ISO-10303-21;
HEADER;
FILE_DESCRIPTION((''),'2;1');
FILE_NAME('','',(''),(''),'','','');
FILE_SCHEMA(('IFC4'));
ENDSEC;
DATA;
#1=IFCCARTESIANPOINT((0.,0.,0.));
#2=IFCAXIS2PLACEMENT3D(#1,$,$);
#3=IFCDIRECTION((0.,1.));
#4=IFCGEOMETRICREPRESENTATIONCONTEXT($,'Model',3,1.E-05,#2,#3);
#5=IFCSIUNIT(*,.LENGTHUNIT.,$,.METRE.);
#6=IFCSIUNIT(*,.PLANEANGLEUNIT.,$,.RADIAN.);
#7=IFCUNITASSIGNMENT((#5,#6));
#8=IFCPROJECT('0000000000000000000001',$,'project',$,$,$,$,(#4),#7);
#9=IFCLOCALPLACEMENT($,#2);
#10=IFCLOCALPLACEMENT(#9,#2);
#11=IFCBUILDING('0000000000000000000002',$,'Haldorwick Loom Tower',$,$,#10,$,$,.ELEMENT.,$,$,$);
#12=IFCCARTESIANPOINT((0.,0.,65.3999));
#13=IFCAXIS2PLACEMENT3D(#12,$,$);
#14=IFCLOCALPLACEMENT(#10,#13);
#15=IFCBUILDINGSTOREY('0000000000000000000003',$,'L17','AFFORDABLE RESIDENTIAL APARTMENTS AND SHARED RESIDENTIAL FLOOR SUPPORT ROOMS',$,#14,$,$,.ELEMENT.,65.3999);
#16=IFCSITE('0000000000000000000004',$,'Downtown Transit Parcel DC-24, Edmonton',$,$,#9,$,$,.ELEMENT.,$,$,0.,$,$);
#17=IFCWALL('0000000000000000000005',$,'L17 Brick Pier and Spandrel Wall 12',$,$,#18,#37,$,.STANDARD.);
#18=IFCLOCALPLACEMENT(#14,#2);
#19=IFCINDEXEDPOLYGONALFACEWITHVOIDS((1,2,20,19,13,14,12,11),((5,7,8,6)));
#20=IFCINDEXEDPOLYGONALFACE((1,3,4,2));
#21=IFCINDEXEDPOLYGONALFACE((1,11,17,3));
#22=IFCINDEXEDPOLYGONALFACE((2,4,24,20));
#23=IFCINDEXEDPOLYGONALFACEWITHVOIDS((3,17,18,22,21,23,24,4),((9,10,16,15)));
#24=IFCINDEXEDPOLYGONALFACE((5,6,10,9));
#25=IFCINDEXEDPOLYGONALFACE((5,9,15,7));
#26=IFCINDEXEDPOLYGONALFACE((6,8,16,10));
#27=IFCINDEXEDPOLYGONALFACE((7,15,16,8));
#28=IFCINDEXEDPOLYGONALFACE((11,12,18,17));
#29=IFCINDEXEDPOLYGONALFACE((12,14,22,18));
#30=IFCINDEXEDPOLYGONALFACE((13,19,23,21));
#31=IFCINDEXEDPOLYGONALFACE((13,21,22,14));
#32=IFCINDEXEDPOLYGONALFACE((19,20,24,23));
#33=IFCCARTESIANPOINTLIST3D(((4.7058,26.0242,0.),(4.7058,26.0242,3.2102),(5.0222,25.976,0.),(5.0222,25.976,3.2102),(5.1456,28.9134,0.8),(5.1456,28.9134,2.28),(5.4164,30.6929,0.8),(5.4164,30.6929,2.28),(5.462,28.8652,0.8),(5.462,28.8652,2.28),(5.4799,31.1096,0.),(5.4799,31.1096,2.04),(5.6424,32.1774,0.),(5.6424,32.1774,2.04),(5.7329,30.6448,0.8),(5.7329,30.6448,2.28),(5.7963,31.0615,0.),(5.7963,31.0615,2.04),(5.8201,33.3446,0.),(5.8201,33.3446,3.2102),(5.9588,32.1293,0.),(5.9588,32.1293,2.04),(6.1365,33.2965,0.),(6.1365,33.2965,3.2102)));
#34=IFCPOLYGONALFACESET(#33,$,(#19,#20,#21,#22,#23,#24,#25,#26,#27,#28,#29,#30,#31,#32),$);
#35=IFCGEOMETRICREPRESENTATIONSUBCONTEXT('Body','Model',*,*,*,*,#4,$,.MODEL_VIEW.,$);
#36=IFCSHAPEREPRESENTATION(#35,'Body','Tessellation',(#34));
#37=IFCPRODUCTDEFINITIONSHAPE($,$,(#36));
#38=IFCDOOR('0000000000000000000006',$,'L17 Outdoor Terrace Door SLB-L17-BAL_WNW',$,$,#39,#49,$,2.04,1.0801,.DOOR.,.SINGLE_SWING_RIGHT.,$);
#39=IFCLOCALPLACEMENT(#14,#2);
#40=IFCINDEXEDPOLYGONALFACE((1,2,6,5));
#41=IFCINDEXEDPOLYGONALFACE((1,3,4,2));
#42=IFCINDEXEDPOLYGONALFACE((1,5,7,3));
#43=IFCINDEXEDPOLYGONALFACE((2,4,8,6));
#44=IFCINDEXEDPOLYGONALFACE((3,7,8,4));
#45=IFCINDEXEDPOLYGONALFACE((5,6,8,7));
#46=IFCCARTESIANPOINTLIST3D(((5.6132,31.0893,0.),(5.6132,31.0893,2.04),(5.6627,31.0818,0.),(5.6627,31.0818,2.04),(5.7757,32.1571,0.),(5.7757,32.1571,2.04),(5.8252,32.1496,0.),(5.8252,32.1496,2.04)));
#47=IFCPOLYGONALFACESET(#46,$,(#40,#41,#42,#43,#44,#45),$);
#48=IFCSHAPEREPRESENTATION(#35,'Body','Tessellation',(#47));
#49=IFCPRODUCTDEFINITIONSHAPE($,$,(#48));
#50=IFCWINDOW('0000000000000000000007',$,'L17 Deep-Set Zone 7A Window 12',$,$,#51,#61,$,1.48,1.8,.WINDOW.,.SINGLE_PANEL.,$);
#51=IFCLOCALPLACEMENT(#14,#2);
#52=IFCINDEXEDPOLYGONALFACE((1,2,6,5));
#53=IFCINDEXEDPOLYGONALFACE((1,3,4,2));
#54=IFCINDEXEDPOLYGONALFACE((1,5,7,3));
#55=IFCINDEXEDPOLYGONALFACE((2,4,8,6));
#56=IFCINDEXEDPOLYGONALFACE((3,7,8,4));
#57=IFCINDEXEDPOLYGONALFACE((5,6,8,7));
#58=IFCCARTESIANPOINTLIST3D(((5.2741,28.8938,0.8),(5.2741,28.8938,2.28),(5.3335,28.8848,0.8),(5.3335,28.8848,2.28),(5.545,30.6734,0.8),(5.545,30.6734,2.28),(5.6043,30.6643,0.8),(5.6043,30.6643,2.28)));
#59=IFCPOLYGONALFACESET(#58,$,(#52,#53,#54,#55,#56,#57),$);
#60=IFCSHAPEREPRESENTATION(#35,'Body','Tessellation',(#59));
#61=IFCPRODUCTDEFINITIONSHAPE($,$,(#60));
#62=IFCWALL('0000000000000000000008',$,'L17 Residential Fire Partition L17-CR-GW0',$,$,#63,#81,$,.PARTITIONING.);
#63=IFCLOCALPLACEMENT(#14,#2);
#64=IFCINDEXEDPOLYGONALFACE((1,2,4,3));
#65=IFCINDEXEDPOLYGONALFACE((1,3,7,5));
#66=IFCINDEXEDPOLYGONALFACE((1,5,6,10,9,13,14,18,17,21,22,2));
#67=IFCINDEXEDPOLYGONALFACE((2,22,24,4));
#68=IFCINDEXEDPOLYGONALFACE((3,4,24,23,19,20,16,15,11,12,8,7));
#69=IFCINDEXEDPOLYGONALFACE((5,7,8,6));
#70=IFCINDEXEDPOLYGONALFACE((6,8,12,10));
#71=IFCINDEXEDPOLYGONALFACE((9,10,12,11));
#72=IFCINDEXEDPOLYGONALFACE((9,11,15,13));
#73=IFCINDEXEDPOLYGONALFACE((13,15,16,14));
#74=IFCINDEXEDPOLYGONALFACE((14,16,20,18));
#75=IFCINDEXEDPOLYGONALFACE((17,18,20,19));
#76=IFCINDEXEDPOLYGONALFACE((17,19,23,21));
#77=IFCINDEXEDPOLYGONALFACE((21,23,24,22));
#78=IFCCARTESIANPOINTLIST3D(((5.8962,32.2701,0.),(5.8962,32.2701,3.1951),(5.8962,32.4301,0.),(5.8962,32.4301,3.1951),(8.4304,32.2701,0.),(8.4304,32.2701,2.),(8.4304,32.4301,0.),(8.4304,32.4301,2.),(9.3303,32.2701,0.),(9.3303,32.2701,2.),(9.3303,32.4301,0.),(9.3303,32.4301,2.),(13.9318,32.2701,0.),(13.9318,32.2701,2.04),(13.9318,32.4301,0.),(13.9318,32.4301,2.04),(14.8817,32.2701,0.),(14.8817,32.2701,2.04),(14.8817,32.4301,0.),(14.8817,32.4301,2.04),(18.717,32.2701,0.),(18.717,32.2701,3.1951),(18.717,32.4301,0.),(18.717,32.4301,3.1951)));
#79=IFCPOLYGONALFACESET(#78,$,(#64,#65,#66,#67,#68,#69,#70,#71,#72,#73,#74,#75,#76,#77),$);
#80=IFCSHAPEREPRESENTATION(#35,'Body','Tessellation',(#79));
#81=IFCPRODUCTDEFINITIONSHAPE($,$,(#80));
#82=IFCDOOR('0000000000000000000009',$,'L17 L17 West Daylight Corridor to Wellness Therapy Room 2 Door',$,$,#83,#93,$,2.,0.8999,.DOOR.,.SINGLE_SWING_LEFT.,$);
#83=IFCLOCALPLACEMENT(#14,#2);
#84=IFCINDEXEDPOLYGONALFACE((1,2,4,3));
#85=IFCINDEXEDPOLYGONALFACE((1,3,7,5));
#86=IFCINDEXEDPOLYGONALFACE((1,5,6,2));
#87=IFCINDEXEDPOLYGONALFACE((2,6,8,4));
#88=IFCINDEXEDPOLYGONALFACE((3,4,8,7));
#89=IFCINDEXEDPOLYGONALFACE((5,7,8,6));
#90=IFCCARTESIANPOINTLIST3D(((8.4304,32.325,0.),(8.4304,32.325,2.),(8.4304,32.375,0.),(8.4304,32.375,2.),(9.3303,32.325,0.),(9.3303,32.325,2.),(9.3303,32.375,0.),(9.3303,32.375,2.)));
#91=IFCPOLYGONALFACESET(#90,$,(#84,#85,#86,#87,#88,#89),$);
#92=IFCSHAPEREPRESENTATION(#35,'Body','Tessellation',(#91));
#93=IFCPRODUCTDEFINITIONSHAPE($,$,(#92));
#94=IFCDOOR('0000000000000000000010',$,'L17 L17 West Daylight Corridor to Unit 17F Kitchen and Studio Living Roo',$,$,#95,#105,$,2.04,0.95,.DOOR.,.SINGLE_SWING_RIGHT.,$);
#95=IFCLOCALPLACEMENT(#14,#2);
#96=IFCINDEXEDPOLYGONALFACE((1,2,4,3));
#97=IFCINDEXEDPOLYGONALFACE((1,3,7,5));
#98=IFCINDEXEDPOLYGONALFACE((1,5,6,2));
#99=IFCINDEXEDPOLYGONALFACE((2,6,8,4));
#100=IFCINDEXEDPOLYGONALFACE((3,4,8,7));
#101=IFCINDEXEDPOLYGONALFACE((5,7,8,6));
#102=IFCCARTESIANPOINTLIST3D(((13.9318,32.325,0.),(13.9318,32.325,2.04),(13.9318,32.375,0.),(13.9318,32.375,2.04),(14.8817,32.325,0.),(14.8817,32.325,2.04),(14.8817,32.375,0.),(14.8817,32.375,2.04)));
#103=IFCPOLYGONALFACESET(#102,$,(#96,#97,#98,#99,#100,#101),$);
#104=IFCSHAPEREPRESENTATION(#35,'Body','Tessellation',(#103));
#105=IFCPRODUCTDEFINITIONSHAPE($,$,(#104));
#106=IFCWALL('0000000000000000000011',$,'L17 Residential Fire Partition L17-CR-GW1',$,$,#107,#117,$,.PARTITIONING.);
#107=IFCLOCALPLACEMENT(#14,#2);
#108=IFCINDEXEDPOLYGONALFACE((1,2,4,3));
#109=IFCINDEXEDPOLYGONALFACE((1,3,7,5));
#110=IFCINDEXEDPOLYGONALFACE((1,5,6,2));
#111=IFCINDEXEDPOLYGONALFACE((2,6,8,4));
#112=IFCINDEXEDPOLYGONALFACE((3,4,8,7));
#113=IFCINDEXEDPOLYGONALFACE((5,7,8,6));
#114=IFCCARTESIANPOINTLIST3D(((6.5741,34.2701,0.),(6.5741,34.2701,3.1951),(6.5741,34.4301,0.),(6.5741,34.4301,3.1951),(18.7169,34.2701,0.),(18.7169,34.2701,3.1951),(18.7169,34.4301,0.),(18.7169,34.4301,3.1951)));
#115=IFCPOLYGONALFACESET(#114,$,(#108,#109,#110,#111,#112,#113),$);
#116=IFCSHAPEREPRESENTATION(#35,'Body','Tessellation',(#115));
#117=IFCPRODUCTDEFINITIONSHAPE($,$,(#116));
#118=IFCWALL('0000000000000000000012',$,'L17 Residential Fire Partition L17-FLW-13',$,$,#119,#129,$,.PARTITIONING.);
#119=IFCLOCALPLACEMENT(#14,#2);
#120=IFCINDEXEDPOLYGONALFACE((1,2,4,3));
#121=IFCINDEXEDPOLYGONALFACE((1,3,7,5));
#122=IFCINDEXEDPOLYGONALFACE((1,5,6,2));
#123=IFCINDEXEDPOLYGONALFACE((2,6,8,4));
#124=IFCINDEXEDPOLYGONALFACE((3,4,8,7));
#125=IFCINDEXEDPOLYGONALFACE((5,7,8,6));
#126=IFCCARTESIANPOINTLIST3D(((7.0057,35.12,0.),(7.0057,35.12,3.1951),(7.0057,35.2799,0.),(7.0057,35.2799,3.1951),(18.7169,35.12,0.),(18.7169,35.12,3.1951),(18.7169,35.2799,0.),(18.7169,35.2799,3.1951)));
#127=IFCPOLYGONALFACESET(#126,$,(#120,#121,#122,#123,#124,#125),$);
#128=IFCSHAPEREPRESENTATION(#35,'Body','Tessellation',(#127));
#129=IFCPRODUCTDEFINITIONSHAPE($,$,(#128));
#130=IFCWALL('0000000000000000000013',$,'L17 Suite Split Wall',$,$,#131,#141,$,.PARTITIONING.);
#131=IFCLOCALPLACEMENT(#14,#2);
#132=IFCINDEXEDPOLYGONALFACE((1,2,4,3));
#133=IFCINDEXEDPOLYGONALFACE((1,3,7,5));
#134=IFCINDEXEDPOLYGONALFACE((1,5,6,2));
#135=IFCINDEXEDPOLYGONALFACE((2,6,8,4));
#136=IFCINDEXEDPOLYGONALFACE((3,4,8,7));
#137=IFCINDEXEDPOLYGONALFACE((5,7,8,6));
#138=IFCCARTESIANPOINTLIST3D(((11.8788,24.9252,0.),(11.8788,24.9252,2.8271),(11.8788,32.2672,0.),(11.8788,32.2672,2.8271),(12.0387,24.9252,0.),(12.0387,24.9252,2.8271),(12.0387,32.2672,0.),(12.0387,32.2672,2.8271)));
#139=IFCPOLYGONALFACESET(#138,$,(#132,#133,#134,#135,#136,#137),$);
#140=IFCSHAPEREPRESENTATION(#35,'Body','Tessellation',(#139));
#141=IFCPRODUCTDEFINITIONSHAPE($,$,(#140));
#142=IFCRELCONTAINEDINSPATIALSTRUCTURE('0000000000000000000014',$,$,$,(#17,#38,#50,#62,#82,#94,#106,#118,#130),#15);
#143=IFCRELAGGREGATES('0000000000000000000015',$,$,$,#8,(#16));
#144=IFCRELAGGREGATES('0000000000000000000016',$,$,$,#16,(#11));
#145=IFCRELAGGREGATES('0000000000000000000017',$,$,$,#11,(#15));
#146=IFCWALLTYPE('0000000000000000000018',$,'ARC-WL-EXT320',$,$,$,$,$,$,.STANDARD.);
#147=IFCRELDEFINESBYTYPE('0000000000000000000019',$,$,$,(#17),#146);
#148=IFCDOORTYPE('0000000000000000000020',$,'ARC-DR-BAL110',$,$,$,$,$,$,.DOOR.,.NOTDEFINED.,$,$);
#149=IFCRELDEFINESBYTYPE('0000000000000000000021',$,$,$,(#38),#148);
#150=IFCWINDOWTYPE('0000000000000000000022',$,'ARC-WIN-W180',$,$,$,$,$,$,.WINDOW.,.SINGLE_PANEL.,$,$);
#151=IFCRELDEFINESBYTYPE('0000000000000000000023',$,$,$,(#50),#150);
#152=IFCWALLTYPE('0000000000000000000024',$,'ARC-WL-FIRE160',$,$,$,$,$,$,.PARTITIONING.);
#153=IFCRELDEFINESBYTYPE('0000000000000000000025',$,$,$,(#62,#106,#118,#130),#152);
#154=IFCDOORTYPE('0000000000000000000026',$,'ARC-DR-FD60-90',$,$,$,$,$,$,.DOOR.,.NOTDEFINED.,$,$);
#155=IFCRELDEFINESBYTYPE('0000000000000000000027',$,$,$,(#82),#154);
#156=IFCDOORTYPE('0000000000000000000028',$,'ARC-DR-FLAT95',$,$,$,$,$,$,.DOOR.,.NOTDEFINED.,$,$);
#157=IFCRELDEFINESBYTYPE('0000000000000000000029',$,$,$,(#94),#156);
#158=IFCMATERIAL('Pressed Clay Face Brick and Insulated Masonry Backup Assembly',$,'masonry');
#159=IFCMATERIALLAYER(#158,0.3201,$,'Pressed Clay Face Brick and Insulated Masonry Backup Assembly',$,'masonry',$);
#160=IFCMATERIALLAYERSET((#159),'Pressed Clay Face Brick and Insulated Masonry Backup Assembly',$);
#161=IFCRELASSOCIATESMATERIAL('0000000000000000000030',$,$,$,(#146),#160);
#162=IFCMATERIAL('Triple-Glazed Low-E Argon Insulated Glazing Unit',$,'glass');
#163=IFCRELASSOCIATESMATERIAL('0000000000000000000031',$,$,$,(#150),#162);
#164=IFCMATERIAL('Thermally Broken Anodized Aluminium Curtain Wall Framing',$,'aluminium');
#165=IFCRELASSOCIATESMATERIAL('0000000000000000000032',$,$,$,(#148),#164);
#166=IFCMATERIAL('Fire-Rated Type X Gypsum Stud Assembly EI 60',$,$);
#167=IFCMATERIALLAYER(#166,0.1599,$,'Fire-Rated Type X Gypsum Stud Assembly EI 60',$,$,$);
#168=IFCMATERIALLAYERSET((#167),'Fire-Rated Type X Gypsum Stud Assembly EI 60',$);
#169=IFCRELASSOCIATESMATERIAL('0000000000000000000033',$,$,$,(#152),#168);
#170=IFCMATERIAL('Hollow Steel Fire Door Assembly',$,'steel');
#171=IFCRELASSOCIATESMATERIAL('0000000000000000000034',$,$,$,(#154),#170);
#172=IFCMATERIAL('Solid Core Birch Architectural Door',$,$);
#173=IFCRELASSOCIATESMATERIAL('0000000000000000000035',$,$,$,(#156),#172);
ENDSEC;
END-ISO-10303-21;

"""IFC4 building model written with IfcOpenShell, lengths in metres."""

from ifc_helpers import new_model, si_unit, direction, frame, frame_2d, origin, place, context, subcontext, project, spatial, rectangle, extrude, material, layer, layer_set, type_object, element, fill, save


model = new_model("IFC4")

# Units and contexts
model_context = context("Model", 3, precision=1e-05, world=origin(), true_north=direction((0.0, 1.0)))
body_context = subcontext(model_context, "Body", "Model", "MODEL_VIEW")
ifc_project = project(units=[si_unit("LENGTHUNIT", "METRE"), si_unit("PLANEANGLEUNIT", "RADIAN")], contexts=[model_context])

# Site, building, storey
site_placement = place(None, origin())
site = spatial("IfcSite", under=ifc_project, at=site_placement, Name="Downtown Transit Parcel DC-24, Edmonton", CompositionType="ELEMENT", RefElevation=0.0)
building_placement = place(site_placement, origin())
building = spatial("IfcBuilding", under=site, at=building_placement, Name="Haldorwick Loom Tower", CompositionType="ELEMENT")
storey_placement = place(building_placement, frame((0.0, 0.0, 65.3999)))
storey = spatial("IfcBuildingStorey", under=building, at=storey_placement, Name="L17", Description="AFFORDABLE RESIDENTIAL APARTMENTS AND SHARED RESIDENTIAL FLOOR SUPPORT ROOMS", CompositionType="ELEMENT", Elevation=65.3999)

# Shared definitions
ifc_material_1 = material(Name="Pressed Clay Face Brick and Insulated Masonry Backup Assembly", Category="masonry")
ifc_layer_1 = layer(ifc_material_1, 0.3201, Name="Pressed Clay Face Brick and Insulated Masonry Backup Assembly", Category="masonry")
ifc_layer_set_1 = layer_set([ifc_layer_1], Name="Pressed Clay Face Brick and Insulated Masonry Backup Assembly")
wall_type_1 = type_object("IfcWallType", Name="ARC-WL-EXT320", PredefinedType="STANDARD", material=ifc_layer_set_1)
ifc_material_2 = material(Name="Triple-Glazed Low-E Argon Insulated Glazing Unit", Category="glass")
window_type = type_object("IfcWindowType", Name="ARC-WIN-W180", PartitioningType="SINGLE_PANEL", PredefinedType="WINDOW", material=ifc_material_2)

# Wall, openings, door, window
wall_1_placement = place(storey_placement, frame((5.9783, 33.3206, 0.0), z_axis=(0.0, 0.0, 1.0), x_axis=(-0.150476, -0.988614, 0.0)))
wall_1 = element("IfcWall", 1, at=wall_1_placement, inside=storey, type_object=wall_type_1, Name="L17 Brick Pier and Spandrel Wall 12", PredefinedType="STANDARD", context=body_context, shape_type="SweptSolid", body=[
    extrude(rectangle(XDim=7.4048, YDim=0.3201, at=frame_2d((3.7024, 0.0))), origin(), (0.0, 0.0, 1.0), 3.2102),
])
opening_1_placement = place(wall_1_placement, frame((1.1807, 0.0, 0.0)))
opening_1 = element("IfcOpeningElement", 2, at=opening_1_placement, cuts=wall_1, PredefinedType="OPENING", context=body_context, shape_type="SweptSolid", body=[
    extrude(rectangle(XDim=1.0801, YDim=2.04, at=frame_2d((0.54, 1.02))), frame((0.0, 0.1699, 0.0), z_axis=(0.0, -1.0, 0.0), x_axis=(1.0, 0.0, 0.0)), (0.0, 0.0, 1.0), 0.3401),
])
opening_2_placement = place(wall_1_placement, frame((2.6824, 0.0, 0.8)))
opening_2 = element("IfcOpeningElement", 3, at=opening_2_placement, cuts=wall_1, PredefinedType="OPENING", context=body_context, shape_type="SweptSolid", body=[
    extrude(rectangle(XDim=1.8, YDim=1.48, at=frame_2d((0.8999, 0.74))), frame((0.0, 0.1699, 0.0), z_axis=(0.0, -1.0, 0.0), x_axis=(1.0, 0.0, 0.0)), (0.0, 0.0, 1.0), 0.3401),
])
ifc_material_3 = material(Name="Thermally Broken Anodized Aluminium Curtain Wall Framing", Category="aluminium")
door_type_1 = type_object("IfcDoorType", Name="ARC-DR-BAL110", OperationType="NOTDEFINED", PredefinedType="DOOR", material=ifc_material_3)
door_1_placement = place(opening_1_placement, origin())
door_1 = element("IfcDoor", 4, at=door_1_placement, inside=storey, type_object=door_type_1, Name="L17 Outdoor Terrace Door SLB-L17-BAL_WNW", OperationType="SINGLE_SWING_RIGHT", OverallHeight=2.04, OverallWidth=1.0801, PredefinedType="DOOR", context=body_context, shape_type="SweptSolid", body=[
    extrude(rectangle(XDim=1.0801, YDim=2.04, at=frame_2d((0.54, 1.02))), frame((0.0, 0.0249, 0.0), z_axis=(0.0, -1.0, 0.0), x_axis=(1.0, 0.0, 0.0)), (0.0, 0.0, 1.0), 0.05),
])
fill(opening_1, door_1)
window_1_placement = place(opening_2_placement, origin())
window_1 = element("IfcWindow", 5, at=window_1_placement, inside=storey, type_object=window_type, Name="L17 Deep-Set Zone 7A Window 12", OverallHeight=1.48, OverallWidth=1.8, PartitioningType="SINGLE_PANEL", PredefinedType="WINDOW", context=body_context, shape_type="SweptSolid", body=[
    extrude(rectangle(XDim=1.8, YDim=1.48, at=frame_2d((0.8999, 0.74))), frame((0.0, 0.03, 0.0), z_axis=(0.0, -1.0, 0.0), x_axis=(1.0, 0.0, 0.0)), (0.0, 0.0, 1.0), 0.0601),
])
fill(opening_2, window_1)

# Wall, openings, doors
ifc_material_4 = material(Name="Fire-Rated Type X Gypsum Stud Assembly EI 60")
ifc_layer_2 = layer(ifc_material_4, 0.1599, Name="Fire-Rated Type X Gypsum Stud Assembly EI 60")
ifc_layer_set_2 = layer_set([ifc_layer_2], Name="Fire-Rated Type X Gypsum Stud Assembly EI 60")
wall_type_2 = type_object("IfcWallType", Name="ARC-WL-FIRE160", PredefinedType="PARTITIONING", material=ifc_layer_set_2)
wall_2_placement = place(storey_placement, frame((5.8962, 32.3501, 0.0), z_axis=(0.0, 0.0, 1.0), x_axis=(1.0, 0.0, 0.0)))
wall_2 = element("IfcWall", 6, at=wall_2_placement, inside=storey, type_object=wall_type_2, Name="L17 Residential Fire Partition L17-CR-GW0", PredefinedType="PARTITIONING", context=body_context, shape_type="SweptSolid", body=[
    extrude(rectangle(XDim=12.8208, YDim=0.1599, at=frame_2d((6.4104, 0.0))), origin(), (0.0, 0.0, 1.0), 3.1951),
])
opening_3_placement = place(wall_2_placement, frame((2.5342, 0.0, 0.0)))
opening_3 = element("IfcOpeningElement", 7, at=opening_3_placement, cuts=wall_2, PredefinedType="OPENING", context=body_context, shape_type="SweptSolid", body=[
    extrude(rectangle(XDim=0.8999, YDim=2.0, at=frame_2d((0.45, 1.0))), frame((0.0, 0.0898, 0.0), z_axis=(0.0, -1.0, 0.0), x_axis=(1.0, 0.0, 0.0)), (0.0, 0.0, 1.0), 0.1799),
])
opening_4_placement = place(wall_2_placement, frame((8.0354, 0.0, 0.0)))
opening_4 = element("IfcOpeningElement", 8, at=opening_4_placement, cuts=wall_2, PredefinedType="OPENING", context=body_context, shape_type="SweptSolid", body=[
    extrude(rectangle(XDim=0.95, YDim=2.04, at=frame_2d((0.4751, 1.02))), frame((0.0, 0.0898, 0.0), z_axis=(0.0, -1.0, 0.0), x_axis=(1.0, 0.0, 0.0)), (0.0, 0.0, 1.0), 0.1799),
])
ifc_material_5 = material(Name="Hollow Steel Fire Door Assembly", Category="steel")
door_type_2 = type_object("IfcDoorType", Name="ARC-DR-FD60-90", OperationType="NOTDEFINED", PredefinedType="DOOR", material=ifc_material_5)
door_2_placement = place(opening_3_placement, origin())
door_2 = element("IfcDoor", 9, at=door_2_placement, inside=storey, type_object=door_type_2, Name="L17 L17 West Daylight Corridor to Wellness Therapy Room 2 Door", OperationType="SINGLE_SWING_LEFT", OverallHeight=2.0, OverallWidth=0.8999, PredefinedType="DOOR", context=body_context, shape_type="SweptSolid", body=[
    extrude(rectangle(XDim=0.8999, YDim=2.0, at=frame_2d((0.45, 1.0))), frame((0.0, 0.0249, 0.0), z_axis=(0.0, -1.0, 0.0), x_axis=(1.0, 0.0, 0.0)), (0.0, 0.0, 1.0), 0.05),
])
fill(opening_3, door_2)
ifc_material_6 = material(Name="Solid Core Birch Architectural Door")
door_type_3 = type_object("IfcDoorType", Name="ARC-DR-FLAT95", OperationType="NOTDEFINED", PredefinedType="DOOR", material=ifc_material_6)
door_3_placement = place(opening_4_placement, origin())
door_3 = element("IfcDoor", 10, at=door_3_placement, inside=storey, type_object=door_type_3, Name="L17 L17 West Daylight Corridor to Unit 17F Kitchen and Studio Living Roo", OperationType="SINGLE_SWING_RIGHT", OverallHeight=2.04, OverallWidth=0.95, PredefinedType="DOOR", context=body_context, shape_type="SweptSolid", body=[
    extrude(rectangle(XDim=0.95, YDim=2.04, at=frame_2d((0.4751, 1.02))), frame((0.0, 0.0249, 0.0), z_axis=(0.0, -1.0, 0.0), x_axis=(1.0, 0.0, 0.0)), (0.0, 0.0, 1.0), 0.05),
])
fill(opening_4, door_3)

# Walls
wall_3_placement = place(storey_placement, frame((6.5742, 34.3501, 0.0), z_axis=(0.0, 0.0, 1.0), x_axis=(1.0, 0.0, 0.0)))
element("IfcWall", 11, at=wall_3_placement, inside=storey, type_object=wall_type_2, Name="L17 Residential Fire Partition L17-CR-GW1", PredefinedType="PARTITIONING", context=body_context, shape_type="SweptSolid", body=[
    extrude(rectangle(XDim=12.1428, YDim=0.1599, at=frame_2d((6.0713, 0.0))), origin(), (0.0, 0.0, 1.0), 3.1951),
])
wall_4_placement = place(storey_placement, frame((7.0059, 35.2, 0.0), z_axis=(0.0, 0.0, 1.0), x_axis=(1.0, 0.0, 0.0)))
element("IfcWall", 12, at=wall_4_placement, inside=storey, type_object=wall_type_2, Name="L17 Residential Fire Partition L17-FLW-13", PredefinedType="PARTITIONING", context=body_context, shape_type="SweptSolid", body=[
    extrude(rectangle(XDim=11.7112, YDim=0.1599, at=frame_2d((5.8555, 0.0))), origin(), (0.0, 0.0, 1.0), 3.1951),
])
wall_5_placement = place(storey_placement, frame((11.9587, 32.2671, 0.0), z_axis=(0.0, 0.0, 1.0), x_axis=(0.0, -1.0, 0.0)))
element("IfcWall", 13, at=wall_5_placement, inside=storey, type_object=wall_type_2, Name="L17 Suite Split Wall", PredefinedType="PARTITIONING", context=body_context, shape_type="SweptSolid", body=[
    extrude(rectangle(XDim=7.342, YDim=0.1599, at=frame_2d((3.6709, 0.0))), origin(), (0.0, 0.0, 1.0), 2.8271),
])

save(model, "model.ifc")
